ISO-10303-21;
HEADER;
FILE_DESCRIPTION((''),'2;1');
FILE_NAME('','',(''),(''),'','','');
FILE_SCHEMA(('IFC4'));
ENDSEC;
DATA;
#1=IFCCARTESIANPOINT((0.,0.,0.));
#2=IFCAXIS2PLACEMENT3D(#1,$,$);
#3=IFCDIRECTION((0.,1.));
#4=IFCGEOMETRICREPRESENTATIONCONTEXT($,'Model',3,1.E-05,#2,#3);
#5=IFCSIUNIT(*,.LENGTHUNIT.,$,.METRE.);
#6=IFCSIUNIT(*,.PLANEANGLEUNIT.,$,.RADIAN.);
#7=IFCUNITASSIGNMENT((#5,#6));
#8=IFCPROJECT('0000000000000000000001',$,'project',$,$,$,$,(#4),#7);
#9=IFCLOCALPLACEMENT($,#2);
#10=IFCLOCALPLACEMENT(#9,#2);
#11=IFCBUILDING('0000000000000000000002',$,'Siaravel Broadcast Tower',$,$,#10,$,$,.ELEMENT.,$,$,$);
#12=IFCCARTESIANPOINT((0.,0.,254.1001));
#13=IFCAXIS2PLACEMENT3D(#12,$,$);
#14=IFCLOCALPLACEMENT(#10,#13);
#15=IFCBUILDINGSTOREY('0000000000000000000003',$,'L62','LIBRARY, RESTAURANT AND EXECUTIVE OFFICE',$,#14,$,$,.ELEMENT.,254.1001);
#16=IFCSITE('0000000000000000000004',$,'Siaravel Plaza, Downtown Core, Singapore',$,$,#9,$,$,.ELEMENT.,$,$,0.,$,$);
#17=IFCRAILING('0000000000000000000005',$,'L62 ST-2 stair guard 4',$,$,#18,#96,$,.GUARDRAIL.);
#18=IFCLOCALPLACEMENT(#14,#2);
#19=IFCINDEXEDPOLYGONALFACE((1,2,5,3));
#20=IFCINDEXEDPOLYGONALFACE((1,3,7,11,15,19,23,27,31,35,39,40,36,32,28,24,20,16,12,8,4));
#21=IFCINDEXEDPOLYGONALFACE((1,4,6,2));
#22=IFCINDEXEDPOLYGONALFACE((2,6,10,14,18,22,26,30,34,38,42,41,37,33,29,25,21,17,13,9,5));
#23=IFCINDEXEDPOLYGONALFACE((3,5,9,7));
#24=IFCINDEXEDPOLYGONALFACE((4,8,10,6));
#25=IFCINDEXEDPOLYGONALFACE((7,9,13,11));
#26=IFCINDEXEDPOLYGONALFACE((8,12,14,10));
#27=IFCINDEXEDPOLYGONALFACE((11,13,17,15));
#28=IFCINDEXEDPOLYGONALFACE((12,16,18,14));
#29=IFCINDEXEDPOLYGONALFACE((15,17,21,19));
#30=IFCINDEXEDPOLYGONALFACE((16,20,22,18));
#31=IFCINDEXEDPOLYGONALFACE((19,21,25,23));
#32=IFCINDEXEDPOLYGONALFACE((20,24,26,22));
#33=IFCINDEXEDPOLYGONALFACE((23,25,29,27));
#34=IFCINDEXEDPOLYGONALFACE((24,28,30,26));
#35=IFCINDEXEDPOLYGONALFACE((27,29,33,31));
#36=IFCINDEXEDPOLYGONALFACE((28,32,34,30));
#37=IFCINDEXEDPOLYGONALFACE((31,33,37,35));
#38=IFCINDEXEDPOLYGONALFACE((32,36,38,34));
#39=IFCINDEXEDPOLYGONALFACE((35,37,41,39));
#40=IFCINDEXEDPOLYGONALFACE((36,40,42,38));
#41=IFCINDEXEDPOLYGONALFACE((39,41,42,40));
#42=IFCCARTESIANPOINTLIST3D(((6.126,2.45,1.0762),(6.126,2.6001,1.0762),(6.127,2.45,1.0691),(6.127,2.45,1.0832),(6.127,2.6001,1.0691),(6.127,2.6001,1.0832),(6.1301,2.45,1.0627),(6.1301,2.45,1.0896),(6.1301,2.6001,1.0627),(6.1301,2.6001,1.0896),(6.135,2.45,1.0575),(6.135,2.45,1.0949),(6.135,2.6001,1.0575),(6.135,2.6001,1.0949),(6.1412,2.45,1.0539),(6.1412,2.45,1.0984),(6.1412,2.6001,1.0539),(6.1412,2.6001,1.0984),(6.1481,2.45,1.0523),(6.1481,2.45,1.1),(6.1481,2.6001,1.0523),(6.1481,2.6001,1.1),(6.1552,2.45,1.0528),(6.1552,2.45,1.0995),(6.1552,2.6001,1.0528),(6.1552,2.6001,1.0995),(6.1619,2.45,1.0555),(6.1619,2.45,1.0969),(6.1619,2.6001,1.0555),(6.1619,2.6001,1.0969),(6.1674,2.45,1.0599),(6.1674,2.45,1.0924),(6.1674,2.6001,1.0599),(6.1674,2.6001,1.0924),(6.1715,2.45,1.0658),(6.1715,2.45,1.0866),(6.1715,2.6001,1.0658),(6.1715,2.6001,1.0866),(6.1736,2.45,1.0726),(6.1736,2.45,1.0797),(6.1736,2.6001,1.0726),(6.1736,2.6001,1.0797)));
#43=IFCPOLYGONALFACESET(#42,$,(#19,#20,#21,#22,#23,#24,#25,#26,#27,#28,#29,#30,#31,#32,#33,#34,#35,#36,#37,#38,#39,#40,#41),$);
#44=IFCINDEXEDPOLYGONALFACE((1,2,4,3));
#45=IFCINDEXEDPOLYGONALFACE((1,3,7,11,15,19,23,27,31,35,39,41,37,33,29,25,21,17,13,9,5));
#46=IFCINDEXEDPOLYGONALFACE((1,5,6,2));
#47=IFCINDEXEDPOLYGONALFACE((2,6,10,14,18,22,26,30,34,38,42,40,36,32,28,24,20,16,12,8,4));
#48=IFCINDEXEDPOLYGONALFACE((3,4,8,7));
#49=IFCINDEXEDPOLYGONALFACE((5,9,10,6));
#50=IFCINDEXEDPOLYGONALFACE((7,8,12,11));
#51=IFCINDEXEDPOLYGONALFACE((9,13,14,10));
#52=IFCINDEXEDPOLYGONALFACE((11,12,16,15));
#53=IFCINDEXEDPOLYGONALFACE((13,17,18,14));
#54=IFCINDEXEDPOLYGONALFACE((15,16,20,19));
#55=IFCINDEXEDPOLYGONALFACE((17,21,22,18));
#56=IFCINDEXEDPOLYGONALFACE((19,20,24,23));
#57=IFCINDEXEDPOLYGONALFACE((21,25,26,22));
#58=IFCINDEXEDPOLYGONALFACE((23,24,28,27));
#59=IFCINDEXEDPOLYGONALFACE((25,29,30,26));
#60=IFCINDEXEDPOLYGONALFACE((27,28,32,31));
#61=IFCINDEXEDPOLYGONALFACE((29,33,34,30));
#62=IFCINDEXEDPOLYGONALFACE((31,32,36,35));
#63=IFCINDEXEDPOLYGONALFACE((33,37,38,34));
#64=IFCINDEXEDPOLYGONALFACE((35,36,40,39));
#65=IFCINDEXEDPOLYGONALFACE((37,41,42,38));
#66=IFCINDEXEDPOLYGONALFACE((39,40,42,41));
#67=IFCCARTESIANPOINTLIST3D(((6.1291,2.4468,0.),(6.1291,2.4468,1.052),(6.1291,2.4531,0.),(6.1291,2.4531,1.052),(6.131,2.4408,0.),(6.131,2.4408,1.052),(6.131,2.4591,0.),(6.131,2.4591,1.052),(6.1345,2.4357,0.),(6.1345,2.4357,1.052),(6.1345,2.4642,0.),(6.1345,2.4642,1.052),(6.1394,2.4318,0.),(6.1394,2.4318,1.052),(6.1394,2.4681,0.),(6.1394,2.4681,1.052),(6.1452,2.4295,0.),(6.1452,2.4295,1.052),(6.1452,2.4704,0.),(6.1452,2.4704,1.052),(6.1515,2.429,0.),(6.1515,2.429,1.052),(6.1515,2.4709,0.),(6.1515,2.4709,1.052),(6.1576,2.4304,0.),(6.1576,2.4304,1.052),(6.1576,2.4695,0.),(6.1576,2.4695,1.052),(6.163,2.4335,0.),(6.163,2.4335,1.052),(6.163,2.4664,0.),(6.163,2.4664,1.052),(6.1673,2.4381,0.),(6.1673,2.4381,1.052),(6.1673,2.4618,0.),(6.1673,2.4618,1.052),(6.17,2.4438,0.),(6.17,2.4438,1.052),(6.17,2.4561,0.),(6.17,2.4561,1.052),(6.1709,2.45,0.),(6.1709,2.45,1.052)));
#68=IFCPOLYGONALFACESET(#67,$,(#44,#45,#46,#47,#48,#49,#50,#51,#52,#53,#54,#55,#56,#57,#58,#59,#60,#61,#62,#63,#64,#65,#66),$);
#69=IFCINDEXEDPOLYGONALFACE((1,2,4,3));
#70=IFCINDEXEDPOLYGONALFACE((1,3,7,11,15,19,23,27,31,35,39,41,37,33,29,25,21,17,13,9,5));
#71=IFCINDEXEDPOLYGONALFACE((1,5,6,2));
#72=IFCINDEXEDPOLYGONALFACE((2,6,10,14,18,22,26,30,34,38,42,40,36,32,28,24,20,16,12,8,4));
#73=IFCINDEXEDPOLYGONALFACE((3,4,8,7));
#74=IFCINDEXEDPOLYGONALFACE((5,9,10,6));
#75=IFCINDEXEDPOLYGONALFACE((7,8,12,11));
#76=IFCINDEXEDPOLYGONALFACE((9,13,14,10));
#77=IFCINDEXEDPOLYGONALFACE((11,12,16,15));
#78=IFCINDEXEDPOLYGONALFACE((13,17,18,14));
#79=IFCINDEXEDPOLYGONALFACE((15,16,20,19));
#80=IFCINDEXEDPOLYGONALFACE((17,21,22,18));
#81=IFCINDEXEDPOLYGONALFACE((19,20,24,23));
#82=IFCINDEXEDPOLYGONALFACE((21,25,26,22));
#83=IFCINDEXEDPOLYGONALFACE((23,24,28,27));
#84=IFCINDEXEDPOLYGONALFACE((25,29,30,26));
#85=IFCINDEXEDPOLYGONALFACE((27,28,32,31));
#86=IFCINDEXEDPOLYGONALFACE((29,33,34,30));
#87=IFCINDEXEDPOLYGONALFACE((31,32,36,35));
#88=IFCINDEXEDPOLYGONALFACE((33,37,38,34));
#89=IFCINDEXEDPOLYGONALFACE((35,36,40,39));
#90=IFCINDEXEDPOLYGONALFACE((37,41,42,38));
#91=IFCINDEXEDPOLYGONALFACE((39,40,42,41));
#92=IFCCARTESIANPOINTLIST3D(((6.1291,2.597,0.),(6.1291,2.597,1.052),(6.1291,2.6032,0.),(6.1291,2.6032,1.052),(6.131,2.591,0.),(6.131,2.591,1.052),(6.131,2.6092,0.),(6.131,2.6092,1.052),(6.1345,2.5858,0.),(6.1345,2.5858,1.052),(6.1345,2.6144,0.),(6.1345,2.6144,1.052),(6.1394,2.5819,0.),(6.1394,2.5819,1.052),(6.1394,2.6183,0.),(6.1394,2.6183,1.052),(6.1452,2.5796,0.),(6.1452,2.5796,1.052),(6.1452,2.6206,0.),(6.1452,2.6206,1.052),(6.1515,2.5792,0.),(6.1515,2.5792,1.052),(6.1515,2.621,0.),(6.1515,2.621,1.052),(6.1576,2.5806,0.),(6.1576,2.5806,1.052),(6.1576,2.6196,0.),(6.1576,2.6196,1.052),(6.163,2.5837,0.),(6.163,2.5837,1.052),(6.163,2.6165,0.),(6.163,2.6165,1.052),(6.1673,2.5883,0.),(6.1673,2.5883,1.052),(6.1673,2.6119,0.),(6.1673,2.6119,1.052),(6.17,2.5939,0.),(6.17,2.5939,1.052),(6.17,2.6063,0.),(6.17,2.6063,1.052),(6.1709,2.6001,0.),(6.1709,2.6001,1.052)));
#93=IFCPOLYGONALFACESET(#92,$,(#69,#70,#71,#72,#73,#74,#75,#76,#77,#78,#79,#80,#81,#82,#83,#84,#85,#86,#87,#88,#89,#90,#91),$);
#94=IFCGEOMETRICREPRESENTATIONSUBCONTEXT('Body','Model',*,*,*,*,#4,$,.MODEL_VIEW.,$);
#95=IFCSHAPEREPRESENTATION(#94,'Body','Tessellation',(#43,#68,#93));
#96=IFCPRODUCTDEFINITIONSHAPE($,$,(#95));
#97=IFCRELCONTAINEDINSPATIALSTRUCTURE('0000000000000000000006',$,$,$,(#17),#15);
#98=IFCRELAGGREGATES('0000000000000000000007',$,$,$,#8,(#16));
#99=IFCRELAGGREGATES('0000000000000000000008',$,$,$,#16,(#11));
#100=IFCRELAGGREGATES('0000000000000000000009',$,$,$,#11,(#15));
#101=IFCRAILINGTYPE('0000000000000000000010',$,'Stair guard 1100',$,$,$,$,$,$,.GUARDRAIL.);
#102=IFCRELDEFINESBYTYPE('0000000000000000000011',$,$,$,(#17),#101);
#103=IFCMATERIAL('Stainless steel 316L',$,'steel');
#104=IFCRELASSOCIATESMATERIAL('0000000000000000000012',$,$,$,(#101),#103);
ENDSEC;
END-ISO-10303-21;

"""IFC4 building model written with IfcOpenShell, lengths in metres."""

from ifc_helpers import new_model, si_unit, direction, frame, origin, origin_2d, place, context, subcontext, project, spatial, circle, extrude, material, type_object, element, save


model = new_model("IFC4")

# Units and contexts
model_context = context("Model", 3, precision=1e-05, world=origin(), true_north=direction((0.0, 1.0)))
body_context = subcontext(model_context, "Body", "Model", "MODEL_VIEW")
ifc_project = project(units=[si_unit("LENGTHUNIT", "METRE"), si_unit("PLANEANGLEUNIT", "RADIAN")], contexts=[model_context])

# Site, building, storey
site_placement = place(None, origin())
site = spatial("IfcSite", under=ifc_project, at=site_placement, Name="Siaravel Plaza, Downtown Core, Singapore", CompositionType="ELEMENT", RefElevation=0.0)
building_placement = place(site_placement, origin())
building = spatial("IfcBuilding", under=site, at=building_placement, Name="Siaravel Broadcast Tower", CompositionType="ELEMENT")
storey_placement = place(building_placement, frame((0.0, 0.0, 254.1001)))
storey = spatial("IfcBuildingStorey", under=building, at=storey_placement, Name="L62", Description="LIBRARY, RESTAURANT AND EXECUTIVE OFFICE", CompositionType="ELEMENT", Elevation=254.1001)

# Railing
ifc_material_1 = material(Name="Stainless steel 316L", Category="steel")
railing_type_1 = type_object("IfcRailingType", Name="Stair guard 1100", PredefinedType="GUARDRAIL", material=ifc_material_1)
railing_1_placement = place(storey_placement, frame((6.1499, 2.45, 0.0)))
element("IfcRailing", 1, at=railing_1_placement, inside=storey, type_object=railing_type_1, Name="L62 ST-2 stair guard 4", PredefinedType="GUARDRAIL", context=body_context, shape_type="SweptSolid", body=[
    extrude(circle(Radius=0.0239, at=origin_2d()), frame((0.0, 0.0, 1.0762), z_axis=(0.0, 1.0, 0.0), x_axis=(-1.0, 0.0, 0.0)), (0.0, 0.0, 1.0), 0.1501),
    extrude(circle(Radius=0.021, at=origin_2d()), origin(), (0.0, 0.0, 1.0), 1.052),
    extrude(circle(Radius=0.021, at=origin_2d()), frame((0.0, 0.1501, 0.0)), (0.0, 0.0, 1.0), 1.052),
])

save(model, "model.ifc")
